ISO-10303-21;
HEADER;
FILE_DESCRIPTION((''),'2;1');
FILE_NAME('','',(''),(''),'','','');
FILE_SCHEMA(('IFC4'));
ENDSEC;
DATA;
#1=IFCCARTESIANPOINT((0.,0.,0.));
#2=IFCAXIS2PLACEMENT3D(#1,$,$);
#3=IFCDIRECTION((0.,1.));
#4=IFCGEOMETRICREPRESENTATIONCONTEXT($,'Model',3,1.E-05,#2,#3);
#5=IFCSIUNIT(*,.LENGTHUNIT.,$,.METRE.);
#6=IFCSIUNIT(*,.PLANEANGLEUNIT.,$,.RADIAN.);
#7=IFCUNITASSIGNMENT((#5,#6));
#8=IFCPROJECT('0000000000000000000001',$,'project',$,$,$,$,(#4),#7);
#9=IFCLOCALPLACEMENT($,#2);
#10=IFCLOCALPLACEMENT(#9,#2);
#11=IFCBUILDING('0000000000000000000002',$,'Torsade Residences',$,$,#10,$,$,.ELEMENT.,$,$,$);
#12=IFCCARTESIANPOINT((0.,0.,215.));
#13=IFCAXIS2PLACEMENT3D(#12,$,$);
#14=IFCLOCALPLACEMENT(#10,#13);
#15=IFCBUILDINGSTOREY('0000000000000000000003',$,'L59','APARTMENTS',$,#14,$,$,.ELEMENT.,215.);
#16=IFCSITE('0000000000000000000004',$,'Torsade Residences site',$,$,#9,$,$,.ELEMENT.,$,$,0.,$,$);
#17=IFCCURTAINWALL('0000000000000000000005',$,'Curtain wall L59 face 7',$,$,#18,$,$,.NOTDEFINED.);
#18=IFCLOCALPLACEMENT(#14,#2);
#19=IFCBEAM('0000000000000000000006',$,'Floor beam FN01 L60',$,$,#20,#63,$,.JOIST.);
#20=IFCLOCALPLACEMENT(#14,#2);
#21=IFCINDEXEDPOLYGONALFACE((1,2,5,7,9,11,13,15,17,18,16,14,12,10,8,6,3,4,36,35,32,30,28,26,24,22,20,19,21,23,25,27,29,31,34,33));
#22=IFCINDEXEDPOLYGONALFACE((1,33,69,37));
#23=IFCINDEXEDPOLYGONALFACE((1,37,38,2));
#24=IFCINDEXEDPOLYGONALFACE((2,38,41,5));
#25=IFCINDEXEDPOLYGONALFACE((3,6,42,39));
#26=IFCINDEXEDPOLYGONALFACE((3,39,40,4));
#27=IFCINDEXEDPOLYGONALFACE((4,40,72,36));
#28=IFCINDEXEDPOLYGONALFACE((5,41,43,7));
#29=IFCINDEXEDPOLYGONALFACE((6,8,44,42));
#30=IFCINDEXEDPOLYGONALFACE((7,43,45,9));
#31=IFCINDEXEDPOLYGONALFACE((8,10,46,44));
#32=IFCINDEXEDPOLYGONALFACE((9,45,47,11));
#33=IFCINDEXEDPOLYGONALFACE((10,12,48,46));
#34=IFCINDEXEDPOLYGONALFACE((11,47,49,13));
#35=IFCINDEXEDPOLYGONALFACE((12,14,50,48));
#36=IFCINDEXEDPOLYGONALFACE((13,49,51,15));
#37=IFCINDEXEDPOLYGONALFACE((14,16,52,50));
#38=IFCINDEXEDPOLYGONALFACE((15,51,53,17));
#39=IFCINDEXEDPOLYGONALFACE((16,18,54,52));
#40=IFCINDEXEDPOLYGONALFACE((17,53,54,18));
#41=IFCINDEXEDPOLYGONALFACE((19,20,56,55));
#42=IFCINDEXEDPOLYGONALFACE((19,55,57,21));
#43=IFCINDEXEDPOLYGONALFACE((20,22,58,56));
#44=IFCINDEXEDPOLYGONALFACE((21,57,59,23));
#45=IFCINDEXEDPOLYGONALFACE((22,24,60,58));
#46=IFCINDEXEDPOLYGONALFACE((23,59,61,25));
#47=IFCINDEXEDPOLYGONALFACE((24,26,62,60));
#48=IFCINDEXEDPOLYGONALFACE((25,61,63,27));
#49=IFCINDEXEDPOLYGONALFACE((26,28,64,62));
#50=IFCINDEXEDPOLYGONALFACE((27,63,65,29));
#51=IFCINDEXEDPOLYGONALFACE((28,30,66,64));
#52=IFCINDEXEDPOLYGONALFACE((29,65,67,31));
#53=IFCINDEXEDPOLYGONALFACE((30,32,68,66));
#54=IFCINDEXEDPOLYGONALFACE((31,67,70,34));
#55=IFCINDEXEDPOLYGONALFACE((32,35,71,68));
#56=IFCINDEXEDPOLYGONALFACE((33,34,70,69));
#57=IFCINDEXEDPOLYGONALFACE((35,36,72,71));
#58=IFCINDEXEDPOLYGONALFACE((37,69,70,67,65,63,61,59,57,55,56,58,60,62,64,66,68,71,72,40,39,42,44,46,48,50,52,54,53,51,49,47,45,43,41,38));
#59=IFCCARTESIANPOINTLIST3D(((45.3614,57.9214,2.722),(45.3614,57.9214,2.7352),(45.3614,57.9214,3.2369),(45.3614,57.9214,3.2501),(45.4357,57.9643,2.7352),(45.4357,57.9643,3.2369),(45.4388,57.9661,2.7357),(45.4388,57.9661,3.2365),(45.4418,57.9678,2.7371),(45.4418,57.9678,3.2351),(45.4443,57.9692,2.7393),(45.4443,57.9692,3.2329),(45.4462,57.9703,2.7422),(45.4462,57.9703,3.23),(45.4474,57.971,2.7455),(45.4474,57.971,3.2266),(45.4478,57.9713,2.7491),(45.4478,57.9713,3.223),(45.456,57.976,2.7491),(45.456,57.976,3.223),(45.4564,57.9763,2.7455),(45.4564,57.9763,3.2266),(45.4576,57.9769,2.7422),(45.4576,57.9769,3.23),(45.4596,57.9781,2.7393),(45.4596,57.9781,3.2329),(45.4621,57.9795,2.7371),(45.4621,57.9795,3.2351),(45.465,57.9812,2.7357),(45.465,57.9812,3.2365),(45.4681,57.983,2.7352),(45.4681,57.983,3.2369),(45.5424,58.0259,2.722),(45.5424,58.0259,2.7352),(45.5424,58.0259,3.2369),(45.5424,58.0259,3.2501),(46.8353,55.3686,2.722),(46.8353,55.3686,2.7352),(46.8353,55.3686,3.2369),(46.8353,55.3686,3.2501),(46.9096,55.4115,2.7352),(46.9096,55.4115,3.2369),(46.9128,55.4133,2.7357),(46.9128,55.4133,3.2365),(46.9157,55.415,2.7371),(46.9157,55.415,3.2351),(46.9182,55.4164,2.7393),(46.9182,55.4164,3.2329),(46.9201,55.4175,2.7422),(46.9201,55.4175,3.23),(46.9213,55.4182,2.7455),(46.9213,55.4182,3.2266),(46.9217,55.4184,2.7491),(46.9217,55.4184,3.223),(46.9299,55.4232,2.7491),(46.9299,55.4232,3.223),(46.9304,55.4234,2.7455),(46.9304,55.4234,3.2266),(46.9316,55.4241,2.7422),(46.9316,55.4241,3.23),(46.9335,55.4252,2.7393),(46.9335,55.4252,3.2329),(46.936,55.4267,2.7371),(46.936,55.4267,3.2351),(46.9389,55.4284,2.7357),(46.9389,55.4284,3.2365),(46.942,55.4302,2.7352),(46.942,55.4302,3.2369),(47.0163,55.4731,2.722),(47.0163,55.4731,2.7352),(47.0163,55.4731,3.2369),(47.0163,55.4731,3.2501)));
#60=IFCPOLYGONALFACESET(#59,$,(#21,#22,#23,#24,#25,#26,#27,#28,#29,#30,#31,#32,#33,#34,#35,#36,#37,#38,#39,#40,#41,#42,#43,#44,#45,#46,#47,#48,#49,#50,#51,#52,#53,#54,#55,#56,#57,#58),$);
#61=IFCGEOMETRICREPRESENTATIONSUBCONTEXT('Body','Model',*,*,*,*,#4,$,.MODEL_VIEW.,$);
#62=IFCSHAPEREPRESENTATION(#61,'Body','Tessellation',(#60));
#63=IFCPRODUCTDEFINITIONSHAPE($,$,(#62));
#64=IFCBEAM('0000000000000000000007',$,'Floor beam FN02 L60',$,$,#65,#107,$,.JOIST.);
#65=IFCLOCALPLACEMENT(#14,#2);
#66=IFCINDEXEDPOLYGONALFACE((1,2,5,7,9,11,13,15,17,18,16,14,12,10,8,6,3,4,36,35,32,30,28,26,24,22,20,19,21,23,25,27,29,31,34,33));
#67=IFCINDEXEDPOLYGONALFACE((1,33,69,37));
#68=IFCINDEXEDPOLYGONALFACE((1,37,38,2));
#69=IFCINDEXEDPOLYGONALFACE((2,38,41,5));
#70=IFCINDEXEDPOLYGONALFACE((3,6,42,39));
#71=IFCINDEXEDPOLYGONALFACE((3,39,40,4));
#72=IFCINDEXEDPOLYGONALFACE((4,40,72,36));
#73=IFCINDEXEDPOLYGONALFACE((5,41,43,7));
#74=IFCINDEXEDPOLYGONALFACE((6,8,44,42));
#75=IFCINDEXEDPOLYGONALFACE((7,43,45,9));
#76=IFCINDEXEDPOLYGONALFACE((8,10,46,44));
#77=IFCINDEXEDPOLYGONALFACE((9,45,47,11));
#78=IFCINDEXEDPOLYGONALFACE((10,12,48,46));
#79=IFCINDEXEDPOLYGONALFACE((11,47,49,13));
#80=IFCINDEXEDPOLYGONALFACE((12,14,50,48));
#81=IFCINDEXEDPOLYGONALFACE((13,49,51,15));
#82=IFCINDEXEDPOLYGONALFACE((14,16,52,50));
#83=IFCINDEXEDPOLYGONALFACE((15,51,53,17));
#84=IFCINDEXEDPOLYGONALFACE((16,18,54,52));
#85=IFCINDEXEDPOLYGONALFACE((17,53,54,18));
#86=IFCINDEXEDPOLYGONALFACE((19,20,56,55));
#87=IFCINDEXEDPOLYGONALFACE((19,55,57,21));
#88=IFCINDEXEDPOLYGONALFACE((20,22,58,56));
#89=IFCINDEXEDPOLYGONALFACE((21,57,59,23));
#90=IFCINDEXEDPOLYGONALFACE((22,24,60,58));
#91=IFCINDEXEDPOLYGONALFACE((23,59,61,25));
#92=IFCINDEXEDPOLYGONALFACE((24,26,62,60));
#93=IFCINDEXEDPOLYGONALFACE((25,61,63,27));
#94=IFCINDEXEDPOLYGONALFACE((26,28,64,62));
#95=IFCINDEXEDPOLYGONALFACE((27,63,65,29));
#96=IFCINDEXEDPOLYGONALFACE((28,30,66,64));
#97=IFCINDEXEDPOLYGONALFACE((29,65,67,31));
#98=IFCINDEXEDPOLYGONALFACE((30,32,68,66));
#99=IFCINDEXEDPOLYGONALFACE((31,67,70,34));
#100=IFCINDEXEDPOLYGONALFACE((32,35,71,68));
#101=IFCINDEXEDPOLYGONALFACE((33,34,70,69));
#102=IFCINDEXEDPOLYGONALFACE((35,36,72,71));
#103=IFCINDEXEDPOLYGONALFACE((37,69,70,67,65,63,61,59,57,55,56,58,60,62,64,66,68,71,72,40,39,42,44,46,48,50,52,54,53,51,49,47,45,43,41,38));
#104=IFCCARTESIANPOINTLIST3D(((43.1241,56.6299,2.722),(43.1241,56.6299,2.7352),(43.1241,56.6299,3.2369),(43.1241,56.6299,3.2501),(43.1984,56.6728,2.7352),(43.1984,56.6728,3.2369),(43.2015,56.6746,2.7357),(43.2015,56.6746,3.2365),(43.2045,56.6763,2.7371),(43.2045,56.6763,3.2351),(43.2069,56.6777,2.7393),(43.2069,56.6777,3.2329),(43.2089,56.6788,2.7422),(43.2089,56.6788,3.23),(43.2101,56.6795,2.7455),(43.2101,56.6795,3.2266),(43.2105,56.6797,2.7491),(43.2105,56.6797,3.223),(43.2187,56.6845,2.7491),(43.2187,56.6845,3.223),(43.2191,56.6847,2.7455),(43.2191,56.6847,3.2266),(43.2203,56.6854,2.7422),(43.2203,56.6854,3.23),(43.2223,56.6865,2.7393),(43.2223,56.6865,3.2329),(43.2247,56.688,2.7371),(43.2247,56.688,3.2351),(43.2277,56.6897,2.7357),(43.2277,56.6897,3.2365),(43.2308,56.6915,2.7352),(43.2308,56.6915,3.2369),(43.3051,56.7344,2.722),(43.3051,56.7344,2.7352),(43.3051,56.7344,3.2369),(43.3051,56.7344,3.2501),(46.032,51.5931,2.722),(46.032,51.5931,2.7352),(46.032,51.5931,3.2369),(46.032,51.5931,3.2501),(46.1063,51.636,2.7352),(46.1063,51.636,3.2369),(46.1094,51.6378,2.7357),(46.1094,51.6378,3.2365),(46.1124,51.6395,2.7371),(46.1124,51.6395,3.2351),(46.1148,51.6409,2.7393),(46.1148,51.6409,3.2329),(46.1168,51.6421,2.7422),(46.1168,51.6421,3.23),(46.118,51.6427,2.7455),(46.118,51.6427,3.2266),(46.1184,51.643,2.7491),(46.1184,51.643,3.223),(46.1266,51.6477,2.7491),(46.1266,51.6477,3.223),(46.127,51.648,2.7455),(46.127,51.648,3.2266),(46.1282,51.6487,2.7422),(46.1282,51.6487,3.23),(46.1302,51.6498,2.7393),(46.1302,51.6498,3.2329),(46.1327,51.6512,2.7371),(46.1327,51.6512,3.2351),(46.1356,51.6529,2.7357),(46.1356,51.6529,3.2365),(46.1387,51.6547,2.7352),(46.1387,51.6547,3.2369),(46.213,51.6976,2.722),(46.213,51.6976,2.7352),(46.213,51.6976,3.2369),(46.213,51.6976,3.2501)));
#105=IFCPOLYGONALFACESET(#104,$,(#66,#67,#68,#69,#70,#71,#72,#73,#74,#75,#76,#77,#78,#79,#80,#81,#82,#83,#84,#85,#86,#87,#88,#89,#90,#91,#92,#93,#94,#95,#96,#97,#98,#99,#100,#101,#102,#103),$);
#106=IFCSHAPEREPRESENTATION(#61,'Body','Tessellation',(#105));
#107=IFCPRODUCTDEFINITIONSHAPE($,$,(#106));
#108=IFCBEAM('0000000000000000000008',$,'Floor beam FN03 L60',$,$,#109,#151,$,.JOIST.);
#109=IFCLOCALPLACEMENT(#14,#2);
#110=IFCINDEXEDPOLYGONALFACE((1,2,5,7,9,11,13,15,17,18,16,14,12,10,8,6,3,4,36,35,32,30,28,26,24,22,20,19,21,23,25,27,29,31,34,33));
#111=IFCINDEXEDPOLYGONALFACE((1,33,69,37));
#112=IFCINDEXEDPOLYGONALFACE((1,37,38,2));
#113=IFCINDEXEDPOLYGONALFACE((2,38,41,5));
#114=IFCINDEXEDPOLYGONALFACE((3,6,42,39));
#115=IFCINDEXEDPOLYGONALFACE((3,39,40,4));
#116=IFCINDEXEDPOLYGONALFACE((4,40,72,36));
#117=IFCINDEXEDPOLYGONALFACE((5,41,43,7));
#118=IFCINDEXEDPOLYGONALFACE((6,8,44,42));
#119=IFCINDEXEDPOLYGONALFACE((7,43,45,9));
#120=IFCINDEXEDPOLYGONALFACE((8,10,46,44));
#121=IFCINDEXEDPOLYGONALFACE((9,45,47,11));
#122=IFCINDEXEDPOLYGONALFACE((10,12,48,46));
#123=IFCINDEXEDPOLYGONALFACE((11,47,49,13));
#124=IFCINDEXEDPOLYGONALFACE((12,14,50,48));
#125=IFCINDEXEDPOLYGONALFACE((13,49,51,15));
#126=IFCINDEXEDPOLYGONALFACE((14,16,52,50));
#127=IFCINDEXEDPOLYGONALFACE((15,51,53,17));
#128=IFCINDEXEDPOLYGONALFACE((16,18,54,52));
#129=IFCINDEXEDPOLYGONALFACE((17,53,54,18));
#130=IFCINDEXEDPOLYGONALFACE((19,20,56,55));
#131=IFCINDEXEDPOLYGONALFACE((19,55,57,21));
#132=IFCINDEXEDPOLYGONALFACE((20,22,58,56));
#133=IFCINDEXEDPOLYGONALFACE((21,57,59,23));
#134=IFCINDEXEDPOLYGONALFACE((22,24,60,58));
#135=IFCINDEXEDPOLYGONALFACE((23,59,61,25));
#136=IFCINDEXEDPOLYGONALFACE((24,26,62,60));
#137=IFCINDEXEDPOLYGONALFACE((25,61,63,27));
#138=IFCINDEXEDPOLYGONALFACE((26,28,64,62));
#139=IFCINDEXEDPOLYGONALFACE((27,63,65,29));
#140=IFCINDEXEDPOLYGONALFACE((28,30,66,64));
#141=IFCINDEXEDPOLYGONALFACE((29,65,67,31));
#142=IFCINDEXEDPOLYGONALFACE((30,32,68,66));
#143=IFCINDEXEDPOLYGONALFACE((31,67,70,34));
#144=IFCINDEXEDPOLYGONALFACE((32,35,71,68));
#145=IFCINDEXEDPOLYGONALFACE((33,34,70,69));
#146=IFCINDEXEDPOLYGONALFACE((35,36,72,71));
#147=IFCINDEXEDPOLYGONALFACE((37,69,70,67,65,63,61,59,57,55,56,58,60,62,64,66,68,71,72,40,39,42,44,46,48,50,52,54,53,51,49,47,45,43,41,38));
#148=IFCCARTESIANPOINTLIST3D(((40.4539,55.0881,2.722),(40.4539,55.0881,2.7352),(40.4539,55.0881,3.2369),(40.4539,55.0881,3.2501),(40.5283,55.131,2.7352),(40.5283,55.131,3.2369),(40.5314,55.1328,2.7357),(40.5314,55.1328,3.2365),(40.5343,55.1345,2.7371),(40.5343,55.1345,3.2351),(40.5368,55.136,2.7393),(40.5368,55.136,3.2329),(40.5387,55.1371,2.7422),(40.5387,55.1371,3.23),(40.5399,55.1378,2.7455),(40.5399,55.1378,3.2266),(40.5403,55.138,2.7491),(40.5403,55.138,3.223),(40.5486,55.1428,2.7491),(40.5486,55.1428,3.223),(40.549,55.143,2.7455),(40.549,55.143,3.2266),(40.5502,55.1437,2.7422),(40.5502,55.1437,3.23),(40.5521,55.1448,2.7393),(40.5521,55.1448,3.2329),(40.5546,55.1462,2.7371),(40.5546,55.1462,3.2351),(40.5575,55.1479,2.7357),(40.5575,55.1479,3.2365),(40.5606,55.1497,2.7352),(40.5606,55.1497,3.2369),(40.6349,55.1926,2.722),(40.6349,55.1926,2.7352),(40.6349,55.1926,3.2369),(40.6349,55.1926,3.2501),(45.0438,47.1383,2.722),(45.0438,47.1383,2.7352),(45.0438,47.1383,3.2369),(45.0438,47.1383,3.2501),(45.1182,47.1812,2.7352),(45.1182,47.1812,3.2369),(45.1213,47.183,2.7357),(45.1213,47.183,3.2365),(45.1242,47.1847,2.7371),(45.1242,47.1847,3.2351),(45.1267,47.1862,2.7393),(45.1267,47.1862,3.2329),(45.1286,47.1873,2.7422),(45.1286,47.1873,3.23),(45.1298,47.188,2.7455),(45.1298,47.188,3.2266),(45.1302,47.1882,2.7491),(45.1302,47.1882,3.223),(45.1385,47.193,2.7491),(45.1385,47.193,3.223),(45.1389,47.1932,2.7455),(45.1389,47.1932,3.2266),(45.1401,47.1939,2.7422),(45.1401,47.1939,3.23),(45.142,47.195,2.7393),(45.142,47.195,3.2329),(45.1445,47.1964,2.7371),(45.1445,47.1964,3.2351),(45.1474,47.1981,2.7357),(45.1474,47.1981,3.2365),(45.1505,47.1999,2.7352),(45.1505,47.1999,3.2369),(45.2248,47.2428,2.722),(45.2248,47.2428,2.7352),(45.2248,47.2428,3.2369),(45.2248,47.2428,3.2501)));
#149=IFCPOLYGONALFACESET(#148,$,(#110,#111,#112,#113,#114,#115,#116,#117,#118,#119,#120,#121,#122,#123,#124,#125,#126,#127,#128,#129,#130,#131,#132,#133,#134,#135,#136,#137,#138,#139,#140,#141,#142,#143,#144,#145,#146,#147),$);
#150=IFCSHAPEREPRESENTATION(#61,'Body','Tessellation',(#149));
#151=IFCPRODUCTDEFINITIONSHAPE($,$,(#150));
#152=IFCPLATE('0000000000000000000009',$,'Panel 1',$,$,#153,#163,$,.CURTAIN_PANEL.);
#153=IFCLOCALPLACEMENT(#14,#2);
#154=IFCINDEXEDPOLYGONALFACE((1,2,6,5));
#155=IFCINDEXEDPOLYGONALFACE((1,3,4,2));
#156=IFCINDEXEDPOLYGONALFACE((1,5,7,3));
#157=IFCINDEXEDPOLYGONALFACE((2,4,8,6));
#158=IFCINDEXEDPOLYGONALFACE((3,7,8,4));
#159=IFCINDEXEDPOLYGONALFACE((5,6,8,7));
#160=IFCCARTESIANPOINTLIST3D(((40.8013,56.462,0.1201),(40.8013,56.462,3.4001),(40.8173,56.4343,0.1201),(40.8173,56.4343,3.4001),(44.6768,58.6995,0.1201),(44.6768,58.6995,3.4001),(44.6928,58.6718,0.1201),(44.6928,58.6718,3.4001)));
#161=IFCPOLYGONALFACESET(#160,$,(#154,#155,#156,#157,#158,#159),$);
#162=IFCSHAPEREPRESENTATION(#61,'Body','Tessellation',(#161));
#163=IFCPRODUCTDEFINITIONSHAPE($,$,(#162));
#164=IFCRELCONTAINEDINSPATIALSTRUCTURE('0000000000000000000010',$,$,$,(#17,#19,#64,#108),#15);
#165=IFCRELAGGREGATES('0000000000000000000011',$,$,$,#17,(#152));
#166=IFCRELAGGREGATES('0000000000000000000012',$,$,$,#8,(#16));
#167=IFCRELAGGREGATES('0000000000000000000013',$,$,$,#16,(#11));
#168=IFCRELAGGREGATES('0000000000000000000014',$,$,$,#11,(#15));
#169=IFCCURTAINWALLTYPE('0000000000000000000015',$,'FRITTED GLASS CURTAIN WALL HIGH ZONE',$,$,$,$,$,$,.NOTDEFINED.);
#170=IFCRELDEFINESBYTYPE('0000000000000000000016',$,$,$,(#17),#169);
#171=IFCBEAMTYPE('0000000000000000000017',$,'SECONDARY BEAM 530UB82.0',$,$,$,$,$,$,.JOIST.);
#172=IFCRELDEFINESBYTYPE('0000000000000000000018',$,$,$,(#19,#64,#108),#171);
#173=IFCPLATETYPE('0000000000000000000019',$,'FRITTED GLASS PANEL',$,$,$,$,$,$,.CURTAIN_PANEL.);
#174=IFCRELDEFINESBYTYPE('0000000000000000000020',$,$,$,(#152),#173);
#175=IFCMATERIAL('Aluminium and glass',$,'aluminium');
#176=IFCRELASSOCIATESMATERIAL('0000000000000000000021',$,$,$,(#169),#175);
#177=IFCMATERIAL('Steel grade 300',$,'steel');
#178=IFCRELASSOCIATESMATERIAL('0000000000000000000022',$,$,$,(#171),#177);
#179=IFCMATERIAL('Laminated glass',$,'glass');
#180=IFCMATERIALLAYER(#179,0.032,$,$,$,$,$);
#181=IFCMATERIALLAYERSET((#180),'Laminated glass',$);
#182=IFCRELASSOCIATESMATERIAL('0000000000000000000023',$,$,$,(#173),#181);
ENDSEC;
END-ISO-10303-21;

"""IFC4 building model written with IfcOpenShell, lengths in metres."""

from ifc_helpers import new_model, si_unit, direction, frame, origin, origin_2d, place, context, subcontext, project, spatial, rectangle, i_section, extrude, material, layer, layer_set, material_profile, profile_set, type_object, element, aggregate, save


model = new_model("IFC4")

# Units and contexts
model_context = context("Model", 3, precision=1e-05, world=origin(), true_north=direction((0.0, 1.0)))
body_context = subcontext(model_context, "Body", "Model", "MODEL_VIEW")
ifc_project = project(units=[si_unit("LENGTHUNIT", "METRE"), si_unit("PLANEANGLEUNIT", "RADIAN")], contexts=[model_context])

# Site, building, storey
site_placement = place(None, origin())
site = spatial("IfcSite", under=ifc_project, at=site_placement, Name="Torsade Residences site", CompositionType="ELEMENT", RefElevation=0.0)
building_placement = place(site_placement, origin())
building = spatial("IfcBuilding", under=site, at=building_placement, Name="Torsade Residences", CompositionType="ELEMENT")
storey_placement = place(building_placement, frame((0.0, 0.0, 215.0)))
storey = spatial("IfcBuildingStorey", under=building, at=storey_placement, Name="L59", Description="APARTMENTS", CompositionType="ELEMENT", Elevation=215.0)

# Curtain wall
ifc_material_1 = material(Name="Aluminium and glass", Category="aluminium")
curtain_wall_type = type_object("IfcCurtainWallType", Name="FRITTED GLASS CURTAIN WALL HIGH ZONE", PredefinedType="NOTDEFINED", material=ifc_material_1)
curtain_wall_placement = place(storey_placement, origin())
curtain_wall = element("IfcCurtainWall", 1, at=curtain_wall_placement, inside=storey, type_object=curtain_wall_type, Name="Curtain wall L59 face 7", PredefinedType="NOTDEFINED")

# Beams
ifc_material_2 = material(Name="Steel grade 300", Category="steel")
ifc_material_profile_1 = material_profile(ifc_material_2, i_section(OverallWidth=0.209, OverallDepth=0.5281, WebThickness=0.0095, FlangeThickness=0.0132, FilletRadius=0.0139, at=origin_2d()), Name="530UB82.0")
ifc_profile_set_1 = profile_set([ifc_material_profile_1], Name="Steel grade 300")
beam_type_1 = type_object("IfcBeamType", Name="SECONDARY BEAM 530UB82.0", PredefinedType="JOIST", material=ifc_profile_set_1)
beam_1_placement = place(storey_placement, frame((45.4519, 57.9736, 2.9861), z_axis=(0.500014, -0.866017, 0.0), x_axis=(0.866017, 0.500014, 0.0)))
element("IfcBeam", 2, at=beam_1_placement, inside=storey, type_object=beam_type_1, Name="Floor beam FN01 L60", PredefinedType="JOIST", context=body_context, shape_type="SweptSolid", body=[
    extrude(i_section(OverallWidth=0.209, OverallDepth=0.5281, WebThickness=0.0095, FlangeThickness=0.0132, FilletRadius=0.0139, at=origin_2d()), origin(), (0.0, 0.0, 1.0), 2.9478),
])
beam_2_placement = place(storey_placement, frame((43.2146, 56.6821, 2.9861), z_axis=(0.49999, -0.866031, 0.0), x_axis=(0.866031, 0.49999, 0.0)))
element("IfcBeam", 3, at=beam_2_placement, inside=storey, type_object=beam_type_1, Name="Floor beam FN02 L60", PredefinedType="JOIST", context=body_context, shape_type="SweptSolid", body=[
    extrude(i_section(OverallWidth=0.209, OverallDepth=0.5281, WebThickness=0.0095, FlangeThickness=0.0132, FilletRadius=0.0139, at=origin_2d()), origin(), (0.0, 0.0, 1.0), 5.8159),
])
beam_3_placement = place(storey_placement, frame((40.5444, 55.1404, 2.9861), z_axis=(0.500006, -0.866022, 0.0), x_axis=(0.866022, 0.500006, 0.0)))
element("IfcBeam", 4, at=beam_3_placement, inside=storey, type_object=beam_type_1, Name="Floor beam FN03 L60", PredefinedType="JOIST", context=body_context, shape_type="SweptSolid", body=[
    extrude(i_section(OverallWidth=0.209, OverallDepth=0.5281, WebThickness=0.0095, FlangeThickness=0.0132, FilletRadius=0.0139, at=origin_2d()), origin(), (0.0, 0.0, 1.0), 9.1797),
])

# Plate
ifc_material_3 = material(Name="Laminated glass", Category="glass")
ifc_layer_1 = layer(ifc_material_3, 0.032)
ifc_layer_set_1 = layer_set([ifc_layer_1], Name="Laminated glass")
plate_type = type_object("IfcPlateType", Name="FRITTED GLASS PANEL", PredefinedType="CURTAIN_PANEL", material=ifc_layer_set_1)
plate_placement = place(storey_placement, frame((42.7471, 57.5669, 0.1201), z_axis=(0.0, 0.0, 1.0), x_axis=(-0.866025, -0.5, 0.0)))
plate = element("IfcPlate", 5, at=plate_placement, type_object=plate_type, Name="Panel 1", PredefinedType="CURTAIN_PANEL", context=body_context, shape_type="SweptSolid", body=[
    extrude(rectangle(XDim=4.4751, YDim=0.032, at=origin_2d()), origin(), (0.0, 0.0, 1.0), 3.28),
])
aggregate(curtain_wall, [plate])

save(model, "model.ifc")
